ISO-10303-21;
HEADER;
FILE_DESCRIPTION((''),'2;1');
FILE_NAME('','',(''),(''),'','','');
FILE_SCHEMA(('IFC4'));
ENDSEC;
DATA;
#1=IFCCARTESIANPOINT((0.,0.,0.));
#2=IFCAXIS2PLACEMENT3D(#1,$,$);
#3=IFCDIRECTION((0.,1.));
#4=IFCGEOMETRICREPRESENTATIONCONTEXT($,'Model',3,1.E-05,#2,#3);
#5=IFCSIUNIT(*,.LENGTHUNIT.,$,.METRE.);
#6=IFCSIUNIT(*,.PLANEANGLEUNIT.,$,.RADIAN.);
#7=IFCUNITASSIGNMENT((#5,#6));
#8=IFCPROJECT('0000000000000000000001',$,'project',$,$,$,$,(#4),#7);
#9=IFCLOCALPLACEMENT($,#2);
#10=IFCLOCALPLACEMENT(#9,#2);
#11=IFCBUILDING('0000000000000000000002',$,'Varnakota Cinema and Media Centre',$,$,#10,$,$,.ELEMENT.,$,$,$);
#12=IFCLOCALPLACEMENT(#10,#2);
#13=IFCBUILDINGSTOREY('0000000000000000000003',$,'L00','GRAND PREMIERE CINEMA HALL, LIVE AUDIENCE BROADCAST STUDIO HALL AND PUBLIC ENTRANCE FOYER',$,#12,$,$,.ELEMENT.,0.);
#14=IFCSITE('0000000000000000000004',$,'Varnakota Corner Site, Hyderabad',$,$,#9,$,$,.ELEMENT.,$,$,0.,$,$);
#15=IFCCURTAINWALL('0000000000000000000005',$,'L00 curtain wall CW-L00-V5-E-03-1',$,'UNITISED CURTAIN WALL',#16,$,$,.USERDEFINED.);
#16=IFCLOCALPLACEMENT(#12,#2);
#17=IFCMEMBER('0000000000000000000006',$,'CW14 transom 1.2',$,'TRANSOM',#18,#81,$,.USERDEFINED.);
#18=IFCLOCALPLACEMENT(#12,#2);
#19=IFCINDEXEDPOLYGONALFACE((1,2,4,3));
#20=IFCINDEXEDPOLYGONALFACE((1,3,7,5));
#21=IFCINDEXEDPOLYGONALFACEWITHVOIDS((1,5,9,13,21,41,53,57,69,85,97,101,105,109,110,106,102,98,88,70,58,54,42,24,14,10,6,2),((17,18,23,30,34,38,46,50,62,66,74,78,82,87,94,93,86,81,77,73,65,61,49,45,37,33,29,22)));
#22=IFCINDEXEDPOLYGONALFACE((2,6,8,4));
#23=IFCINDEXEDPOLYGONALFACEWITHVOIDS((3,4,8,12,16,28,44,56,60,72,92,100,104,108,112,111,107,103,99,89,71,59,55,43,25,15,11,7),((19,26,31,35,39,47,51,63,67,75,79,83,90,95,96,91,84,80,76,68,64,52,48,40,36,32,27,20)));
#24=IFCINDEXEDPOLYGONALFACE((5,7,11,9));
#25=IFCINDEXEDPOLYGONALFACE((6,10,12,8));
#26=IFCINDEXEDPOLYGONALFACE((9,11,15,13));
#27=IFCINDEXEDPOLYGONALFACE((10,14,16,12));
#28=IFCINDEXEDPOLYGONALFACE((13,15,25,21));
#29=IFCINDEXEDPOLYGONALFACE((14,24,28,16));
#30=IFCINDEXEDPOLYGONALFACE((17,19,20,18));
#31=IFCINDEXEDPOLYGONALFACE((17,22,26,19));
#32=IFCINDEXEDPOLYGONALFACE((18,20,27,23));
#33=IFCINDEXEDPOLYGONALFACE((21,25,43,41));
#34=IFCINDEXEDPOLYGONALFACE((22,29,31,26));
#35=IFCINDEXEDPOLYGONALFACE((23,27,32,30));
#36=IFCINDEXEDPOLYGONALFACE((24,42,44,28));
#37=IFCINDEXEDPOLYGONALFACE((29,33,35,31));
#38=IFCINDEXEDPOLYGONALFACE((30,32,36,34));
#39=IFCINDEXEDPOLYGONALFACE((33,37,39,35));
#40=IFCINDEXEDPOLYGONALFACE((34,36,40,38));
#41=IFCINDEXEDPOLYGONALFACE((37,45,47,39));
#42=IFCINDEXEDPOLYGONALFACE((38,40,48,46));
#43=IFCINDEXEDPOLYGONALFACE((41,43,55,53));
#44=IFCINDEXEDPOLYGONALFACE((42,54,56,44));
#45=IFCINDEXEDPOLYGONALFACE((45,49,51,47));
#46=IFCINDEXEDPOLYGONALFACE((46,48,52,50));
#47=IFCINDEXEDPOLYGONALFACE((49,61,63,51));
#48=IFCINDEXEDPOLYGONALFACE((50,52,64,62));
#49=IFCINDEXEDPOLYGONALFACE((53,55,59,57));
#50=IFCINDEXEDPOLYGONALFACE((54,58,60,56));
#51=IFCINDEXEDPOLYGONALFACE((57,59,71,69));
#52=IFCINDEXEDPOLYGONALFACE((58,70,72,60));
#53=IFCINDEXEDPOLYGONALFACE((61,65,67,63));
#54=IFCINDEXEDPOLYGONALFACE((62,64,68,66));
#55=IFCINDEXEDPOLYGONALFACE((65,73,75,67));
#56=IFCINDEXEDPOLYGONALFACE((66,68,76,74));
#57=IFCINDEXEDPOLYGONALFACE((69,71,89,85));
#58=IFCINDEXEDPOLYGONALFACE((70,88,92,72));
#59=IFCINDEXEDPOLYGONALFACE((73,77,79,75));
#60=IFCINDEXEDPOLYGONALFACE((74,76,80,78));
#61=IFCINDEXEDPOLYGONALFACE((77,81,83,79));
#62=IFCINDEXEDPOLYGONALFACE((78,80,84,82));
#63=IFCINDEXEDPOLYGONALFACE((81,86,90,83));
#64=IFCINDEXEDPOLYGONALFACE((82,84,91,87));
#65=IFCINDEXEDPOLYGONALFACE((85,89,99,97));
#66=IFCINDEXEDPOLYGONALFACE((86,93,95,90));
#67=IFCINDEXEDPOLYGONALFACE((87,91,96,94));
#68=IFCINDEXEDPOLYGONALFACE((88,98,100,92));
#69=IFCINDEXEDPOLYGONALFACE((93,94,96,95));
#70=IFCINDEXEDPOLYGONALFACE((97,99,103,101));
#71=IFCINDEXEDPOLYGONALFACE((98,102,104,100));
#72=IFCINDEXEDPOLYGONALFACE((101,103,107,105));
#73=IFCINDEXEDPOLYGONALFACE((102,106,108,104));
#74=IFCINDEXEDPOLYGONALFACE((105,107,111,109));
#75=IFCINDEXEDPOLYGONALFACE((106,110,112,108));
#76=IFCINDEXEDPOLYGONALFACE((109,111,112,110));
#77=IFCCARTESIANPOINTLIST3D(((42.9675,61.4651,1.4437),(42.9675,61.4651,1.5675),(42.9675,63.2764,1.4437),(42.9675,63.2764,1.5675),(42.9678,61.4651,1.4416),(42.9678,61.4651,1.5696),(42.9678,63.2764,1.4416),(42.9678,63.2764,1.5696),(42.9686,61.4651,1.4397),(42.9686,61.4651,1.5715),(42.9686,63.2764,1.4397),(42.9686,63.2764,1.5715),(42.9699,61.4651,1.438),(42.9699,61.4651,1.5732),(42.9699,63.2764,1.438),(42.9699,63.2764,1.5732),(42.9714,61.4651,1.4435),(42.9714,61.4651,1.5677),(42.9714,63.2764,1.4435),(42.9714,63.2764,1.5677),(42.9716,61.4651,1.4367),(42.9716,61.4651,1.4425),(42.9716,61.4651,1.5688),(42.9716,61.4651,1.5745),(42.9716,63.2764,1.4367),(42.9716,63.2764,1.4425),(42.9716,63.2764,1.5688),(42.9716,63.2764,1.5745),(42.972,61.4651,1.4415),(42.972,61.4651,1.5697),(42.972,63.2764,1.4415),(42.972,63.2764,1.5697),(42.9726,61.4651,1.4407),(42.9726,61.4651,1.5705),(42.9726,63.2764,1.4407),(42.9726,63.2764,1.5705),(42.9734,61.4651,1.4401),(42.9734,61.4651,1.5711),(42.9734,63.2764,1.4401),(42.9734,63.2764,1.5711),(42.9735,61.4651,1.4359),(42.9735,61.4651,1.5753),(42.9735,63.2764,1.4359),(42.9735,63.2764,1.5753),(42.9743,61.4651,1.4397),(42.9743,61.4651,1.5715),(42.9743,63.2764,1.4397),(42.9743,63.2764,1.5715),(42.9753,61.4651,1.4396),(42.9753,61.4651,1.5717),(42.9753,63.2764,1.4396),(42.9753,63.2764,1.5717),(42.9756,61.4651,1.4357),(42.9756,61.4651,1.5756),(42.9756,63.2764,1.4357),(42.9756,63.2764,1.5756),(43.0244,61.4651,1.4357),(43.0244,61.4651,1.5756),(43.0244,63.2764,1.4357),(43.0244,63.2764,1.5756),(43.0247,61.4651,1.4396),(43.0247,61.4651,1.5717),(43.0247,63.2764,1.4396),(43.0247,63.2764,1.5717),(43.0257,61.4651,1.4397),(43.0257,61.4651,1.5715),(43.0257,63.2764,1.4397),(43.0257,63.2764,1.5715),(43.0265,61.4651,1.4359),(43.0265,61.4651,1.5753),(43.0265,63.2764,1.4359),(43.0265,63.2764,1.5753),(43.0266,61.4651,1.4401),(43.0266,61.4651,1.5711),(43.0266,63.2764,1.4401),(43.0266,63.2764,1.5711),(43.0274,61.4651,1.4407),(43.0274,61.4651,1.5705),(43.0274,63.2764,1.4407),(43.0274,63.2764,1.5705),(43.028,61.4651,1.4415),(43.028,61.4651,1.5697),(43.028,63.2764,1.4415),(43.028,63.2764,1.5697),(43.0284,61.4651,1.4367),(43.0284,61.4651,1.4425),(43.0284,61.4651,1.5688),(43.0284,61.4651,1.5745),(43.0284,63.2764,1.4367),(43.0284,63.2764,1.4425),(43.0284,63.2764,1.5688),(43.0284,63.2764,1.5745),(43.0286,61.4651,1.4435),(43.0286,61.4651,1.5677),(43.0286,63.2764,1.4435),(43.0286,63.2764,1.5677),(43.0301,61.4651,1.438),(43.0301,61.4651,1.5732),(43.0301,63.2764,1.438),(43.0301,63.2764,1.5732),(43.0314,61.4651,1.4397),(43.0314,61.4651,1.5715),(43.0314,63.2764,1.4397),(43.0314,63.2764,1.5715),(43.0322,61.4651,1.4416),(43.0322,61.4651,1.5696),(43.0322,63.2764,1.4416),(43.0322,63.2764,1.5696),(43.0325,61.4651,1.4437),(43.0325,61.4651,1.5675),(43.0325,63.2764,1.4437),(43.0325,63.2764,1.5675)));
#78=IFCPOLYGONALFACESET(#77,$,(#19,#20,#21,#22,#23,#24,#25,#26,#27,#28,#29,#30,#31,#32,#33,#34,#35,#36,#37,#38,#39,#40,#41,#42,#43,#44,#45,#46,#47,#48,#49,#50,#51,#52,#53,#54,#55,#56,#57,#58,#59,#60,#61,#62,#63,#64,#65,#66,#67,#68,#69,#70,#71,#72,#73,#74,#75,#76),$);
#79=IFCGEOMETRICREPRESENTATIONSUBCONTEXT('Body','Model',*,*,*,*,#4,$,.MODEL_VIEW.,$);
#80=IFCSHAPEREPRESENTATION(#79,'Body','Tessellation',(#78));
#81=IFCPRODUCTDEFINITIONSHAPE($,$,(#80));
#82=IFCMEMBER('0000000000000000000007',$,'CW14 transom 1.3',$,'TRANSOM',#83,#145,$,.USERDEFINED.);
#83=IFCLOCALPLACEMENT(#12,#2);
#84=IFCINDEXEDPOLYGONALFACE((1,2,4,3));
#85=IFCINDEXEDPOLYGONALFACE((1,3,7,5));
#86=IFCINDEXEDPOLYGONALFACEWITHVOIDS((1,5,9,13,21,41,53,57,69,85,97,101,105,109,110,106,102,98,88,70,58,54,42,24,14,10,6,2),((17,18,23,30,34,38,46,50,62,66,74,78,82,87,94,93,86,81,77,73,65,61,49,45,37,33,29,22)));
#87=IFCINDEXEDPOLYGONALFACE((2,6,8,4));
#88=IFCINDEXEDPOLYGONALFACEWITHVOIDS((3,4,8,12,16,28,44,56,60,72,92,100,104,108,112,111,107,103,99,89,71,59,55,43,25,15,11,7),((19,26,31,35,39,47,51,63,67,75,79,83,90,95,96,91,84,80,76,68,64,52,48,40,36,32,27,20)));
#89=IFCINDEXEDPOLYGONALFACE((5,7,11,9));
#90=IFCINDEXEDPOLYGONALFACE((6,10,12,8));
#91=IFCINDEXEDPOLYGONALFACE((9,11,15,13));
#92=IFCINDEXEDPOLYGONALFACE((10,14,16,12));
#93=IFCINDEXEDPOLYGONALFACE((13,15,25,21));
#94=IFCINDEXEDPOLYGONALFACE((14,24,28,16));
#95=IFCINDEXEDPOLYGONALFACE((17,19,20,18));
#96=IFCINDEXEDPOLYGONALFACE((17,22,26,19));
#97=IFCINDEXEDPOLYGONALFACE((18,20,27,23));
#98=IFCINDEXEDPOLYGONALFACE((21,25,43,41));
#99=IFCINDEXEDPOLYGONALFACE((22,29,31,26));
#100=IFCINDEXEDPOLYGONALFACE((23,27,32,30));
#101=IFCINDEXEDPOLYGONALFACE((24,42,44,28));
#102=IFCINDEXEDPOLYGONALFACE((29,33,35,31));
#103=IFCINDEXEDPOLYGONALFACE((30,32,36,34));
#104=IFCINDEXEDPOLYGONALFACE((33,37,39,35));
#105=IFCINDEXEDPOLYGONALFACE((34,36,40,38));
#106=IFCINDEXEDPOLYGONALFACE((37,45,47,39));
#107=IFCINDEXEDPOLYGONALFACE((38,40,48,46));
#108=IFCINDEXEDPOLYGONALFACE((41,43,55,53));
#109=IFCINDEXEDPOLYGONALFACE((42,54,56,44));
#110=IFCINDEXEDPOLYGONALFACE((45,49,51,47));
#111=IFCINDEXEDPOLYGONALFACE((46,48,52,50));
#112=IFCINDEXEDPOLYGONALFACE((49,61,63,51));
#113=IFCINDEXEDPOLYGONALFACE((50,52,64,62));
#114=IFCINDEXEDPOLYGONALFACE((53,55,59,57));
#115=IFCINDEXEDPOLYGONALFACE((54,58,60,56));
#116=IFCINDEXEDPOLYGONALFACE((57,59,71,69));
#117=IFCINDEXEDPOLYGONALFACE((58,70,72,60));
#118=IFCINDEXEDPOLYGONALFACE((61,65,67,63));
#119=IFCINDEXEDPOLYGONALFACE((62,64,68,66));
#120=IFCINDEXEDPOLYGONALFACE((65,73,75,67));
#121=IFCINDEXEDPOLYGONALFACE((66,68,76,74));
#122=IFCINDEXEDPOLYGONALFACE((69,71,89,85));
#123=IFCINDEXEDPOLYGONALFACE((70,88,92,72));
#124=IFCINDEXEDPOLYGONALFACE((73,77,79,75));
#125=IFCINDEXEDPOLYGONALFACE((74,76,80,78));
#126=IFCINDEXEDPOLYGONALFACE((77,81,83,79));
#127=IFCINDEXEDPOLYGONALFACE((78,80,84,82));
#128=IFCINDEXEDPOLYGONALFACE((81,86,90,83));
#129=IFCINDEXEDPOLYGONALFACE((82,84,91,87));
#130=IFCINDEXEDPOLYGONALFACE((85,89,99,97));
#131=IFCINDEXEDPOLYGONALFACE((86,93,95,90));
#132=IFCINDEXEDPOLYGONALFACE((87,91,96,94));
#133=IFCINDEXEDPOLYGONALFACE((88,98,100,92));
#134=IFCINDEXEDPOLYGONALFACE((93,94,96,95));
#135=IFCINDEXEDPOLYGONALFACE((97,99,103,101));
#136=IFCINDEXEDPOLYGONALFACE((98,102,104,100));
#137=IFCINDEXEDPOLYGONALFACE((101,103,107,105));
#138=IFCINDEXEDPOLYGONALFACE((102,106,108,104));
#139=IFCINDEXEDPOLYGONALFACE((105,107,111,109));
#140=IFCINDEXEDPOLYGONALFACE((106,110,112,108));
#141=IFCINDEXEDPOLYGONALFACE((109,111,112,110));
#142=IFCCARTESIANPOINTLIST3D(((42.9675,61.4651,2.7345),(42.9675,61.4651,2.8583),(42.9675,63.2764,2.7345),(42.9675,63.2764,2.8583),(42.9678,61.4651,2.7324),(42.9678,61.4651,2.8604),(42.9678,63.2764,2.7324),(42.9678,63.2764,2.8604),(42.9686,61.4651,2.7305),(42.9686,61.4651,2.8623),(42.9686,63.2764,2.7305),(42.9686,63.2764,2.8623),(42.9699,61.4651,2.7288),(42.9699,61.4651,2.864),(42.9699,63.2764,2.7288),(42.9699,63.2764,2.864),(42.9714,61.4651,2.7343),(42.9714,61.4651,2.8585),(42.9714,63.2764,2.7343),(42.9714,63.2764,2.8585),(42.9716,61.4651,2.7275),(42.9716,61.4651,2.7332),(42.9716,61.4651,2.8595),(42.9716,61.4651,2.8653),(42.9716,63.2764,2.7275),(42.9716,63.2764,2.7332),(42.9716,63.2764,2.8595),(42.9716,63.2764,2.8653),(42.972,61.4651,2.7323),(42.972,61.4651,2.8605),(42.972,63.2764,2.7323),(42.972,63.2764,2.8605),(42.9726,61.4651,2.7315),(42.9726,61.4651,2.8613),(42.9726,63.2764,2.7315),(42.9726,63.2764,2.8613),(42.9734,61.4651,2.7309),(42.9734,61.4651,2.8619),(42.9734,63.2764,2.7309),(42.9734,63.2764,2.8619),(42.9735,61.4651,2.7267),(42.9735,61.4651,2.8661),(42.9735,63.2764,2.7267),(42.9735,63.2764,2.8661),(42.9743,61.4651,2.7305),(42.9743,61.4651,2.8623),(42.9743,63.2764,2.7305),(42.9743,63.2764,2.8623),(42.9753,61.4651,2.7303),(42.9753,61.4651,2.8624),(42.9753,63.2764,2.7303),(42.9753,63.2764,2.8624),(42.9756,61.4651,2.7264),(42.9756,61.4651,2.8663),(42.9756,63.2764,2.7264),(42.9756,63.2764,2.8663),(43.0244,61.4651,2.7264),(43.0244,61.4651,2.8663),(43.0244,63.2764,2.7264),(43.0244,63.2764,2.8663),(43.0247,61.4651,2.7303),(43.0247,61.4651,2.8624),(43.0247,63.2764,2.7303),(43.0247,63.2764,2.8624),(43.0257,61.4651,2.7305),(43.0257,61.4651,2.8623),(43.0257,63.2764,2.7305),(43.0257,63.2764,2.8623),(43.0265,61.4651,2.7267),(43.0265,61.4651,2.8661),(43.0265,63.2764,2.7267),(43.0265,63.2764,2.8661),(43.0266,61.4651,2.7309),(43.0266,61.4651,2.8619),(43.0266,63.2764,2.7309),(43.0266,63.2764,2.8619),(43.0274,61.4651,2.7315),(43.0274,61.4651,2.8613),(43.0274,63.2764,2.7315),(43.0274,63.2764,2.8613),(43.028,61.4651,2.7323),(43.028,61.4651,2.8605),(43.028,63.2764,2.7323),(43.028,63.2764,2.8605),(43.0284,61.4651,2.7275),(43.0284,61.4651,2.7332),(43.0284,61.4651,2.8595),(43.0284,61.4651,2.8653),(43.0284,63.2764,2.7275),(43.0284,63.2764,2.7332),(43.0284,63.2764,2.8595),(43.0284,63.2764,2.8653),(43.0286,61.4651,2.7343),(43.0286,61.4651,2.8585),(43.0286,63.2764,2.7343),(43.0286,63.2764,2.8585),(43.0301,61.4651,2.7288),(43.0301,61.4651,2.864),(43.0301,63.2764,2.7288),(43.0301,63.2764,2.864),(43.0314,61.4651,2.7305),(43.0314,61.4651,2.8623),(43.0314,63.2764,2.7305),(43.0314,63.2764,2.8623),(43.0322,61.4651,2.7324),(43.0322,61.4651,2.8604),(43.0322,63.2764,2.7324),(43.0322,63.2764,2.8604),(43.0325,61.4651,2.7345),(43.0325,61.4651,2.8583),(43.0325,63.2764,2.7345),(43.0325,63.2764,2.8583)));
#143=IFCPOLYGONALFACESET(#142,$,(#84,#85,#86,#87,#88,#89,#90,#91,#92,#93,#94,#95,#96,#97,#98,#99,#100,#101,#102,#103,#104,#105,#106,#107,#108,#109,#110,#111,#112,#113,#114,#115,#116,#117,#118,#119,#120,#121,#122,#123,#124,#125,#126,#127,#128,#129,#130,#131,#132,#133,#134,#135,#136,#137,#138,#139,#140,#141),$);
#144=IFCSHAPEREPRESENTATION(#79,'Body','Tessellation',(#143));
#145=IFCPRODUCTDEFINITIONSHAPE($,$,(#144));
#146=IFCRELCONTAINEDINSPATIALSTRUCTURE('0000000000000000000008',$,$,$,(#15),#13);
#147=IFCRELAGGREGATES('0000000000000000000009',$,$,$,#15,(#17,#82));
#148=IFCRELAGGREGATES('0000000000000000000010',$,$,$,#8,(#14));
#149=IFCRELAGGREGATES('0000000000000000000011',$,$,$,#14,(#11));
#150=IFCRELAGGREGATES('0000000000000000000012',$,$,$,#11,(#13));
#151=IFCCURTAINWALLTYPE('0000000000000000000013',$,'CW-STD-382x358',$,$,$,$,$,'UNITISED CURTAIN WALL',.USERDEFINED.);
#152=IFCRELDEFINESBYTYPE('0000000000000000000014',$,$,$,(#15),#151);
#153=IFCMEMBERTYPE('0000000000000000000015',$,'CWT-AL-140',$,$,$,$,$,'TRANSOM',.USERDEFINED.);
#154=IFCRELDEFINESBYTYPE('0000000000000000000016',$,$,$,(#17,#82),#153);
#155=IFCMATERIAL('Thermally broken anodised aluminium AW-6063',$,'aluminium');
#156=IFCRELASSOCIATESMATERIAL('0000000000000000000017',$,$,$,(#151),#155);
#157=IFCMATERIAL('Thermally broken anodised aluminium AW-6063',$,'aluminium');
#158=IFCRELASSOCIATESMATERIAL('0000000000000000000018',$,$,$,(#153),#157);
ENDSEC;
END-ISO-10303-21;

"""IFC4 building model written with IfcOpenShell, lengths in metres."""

from ifc_helpers import new_model, si_unit, direction, frame, origin, origin_2d, place, context, subcontext, project, spatial, hollow_rectangle, extrude, material, material_profile, profile_set, type_object, element, aggregate, save


model = new_model("IFC4")

# Units and contexts
model_context = context("Model", 3, precision=1e-05, world=origin(), true_north=direction((0.0, 1.0)))
body_context = subcontext(model_context, "Body", "Model", "MODEL_VIEW")
ifc_project = project(units=[si_unit("LENGTHUNIT", "METRE"), si_unit("PLANEANGLEUNIT", "RADIAN")], contexts=[model_context])

# Site, building, storey
site_placement = place(None, origin())
site = spatial("IfcSite", under=ifc_project, at=site_placement, Name="Varnakota Corner Site, Hyderabad", CompositionType="ELEMENT", RefElevation=0.0)
building_placement = place(site_placement, origin())
building = spatial("IfcBuilding", under=site, at=building_placement, Name="Varnakota Cinema and Media Centre", CompositionType="ELEMENT")
storey_placement = place(building_placement, origin())
storey = spatial("IfcBuildingStorey", under=building, at=storey_placement, Name="L00", Description="GRAND PREMIERE CINEMA HALL, LIVE AUDIENCE BROADCAST STUDIO HALL AND PUBLIC ENTRANCE FOYER", CompositionType="ELEMENT", Elevation=0.0)

# Shared definitions
ifc_material_1 = material(Name="Thermally broken anodised aluminium AW-6063", Category="aluminium")
curtain_wall_type = type_object("IfcCurtainWallType", Name="CW-STD-382x358", ElementType="UNITISED CURTAIN WALL", PredefinedType="USERDEFINED", material=ifc_material_1)

# Curtain wall
curtain_wall_1_placement = place(storey_placement, origin())
curtain_wall_1 = element("IfcCurtainWall", 1, at=curtain_wall_1_placement, inside=storey, type_object=curtain_wall_type, Name="L00 curtain wall CW-L00-V5-E-03-1", ObjectType="UNITISED CURTAIN WALL", PredefinedType="USERDEFINED")

# Members
ifc_material_2 = material(Name="Thermally broken anodised aluminium AW-6063", Category="aluminium")
ifc_material_profile_1 = material_profile(ifc_material_2, hollow_rectangle(XDim=0.0649, YDim=0.1399, WallThickness=0.0039, InnerFilletRadius=0.0039, OuterFilletRadius=0.0081, at=origin_2d()), Name="AL-TRANSOM 140x65x4")
ifc_profile_set_1 = profile_set([ifc_material_profile_1], Name="Thermally broken anodised aluminium AW-6063")
member_type_1 = type_object("IfcMemberType", Name="CWT-AL-140", ElementType="TRANSOM", PredefinedType="USERDEFINED", material=ifc_profile_set_1)
member_1_placement = place(storey_placement, frame((43.0, 61.4651, 1.5056), z_axis=(0.0, 1.0, 0.0), x_axis=(-1.0, 0.0, 0.0)))
member_1 = element("IfcMember", 2, at=member_1_placement, type_object=member_type_1, Name="CW14 transom 1.2", ObjectType="TRANSOM", PredefinedType="USERDEFINED", context=body_context, shape_type="SweptSolid", body=[
    extrude(hollow_rectangle(XDim=0.0649, YDim=0.1399, WallThickness=0.0039, InnerFilletRadius=0.0039, OuterFilletRadius=0.0081, at=origin_2d()), origin(), (0.0, 0.0, 1.0), 1.8113),
])
member_2_placement = place(storey_placement, frame((43.0, 61.4651, 2.7964), z_axis=(0.0, 1.0, 0.0), x_axis=(-1.0, 0.0, 0.0)))
member_2 = element("IfcMember", 3, at=member_2_placement, type_object=member_type_1, Name="CW14 transom 1.3", ObjectType="TRANSOM", PredefinedType="USERDEFINED", context=body_context, shape_type="SweptSolid", body=[
    extrude(hollow_rectangle(XDim=0.0649, YDim=0.1399, WallThickness=0.0039, InnerFilletRadius=0.0039, OuterFilletRadius=0.0081, at=origin_2d()), origin(), (0.0, 0.0, 1.0), 1.8113),
])

aggregate(curtain_wall_1, [member_1, member_2])

save(model, "model.ifc")
